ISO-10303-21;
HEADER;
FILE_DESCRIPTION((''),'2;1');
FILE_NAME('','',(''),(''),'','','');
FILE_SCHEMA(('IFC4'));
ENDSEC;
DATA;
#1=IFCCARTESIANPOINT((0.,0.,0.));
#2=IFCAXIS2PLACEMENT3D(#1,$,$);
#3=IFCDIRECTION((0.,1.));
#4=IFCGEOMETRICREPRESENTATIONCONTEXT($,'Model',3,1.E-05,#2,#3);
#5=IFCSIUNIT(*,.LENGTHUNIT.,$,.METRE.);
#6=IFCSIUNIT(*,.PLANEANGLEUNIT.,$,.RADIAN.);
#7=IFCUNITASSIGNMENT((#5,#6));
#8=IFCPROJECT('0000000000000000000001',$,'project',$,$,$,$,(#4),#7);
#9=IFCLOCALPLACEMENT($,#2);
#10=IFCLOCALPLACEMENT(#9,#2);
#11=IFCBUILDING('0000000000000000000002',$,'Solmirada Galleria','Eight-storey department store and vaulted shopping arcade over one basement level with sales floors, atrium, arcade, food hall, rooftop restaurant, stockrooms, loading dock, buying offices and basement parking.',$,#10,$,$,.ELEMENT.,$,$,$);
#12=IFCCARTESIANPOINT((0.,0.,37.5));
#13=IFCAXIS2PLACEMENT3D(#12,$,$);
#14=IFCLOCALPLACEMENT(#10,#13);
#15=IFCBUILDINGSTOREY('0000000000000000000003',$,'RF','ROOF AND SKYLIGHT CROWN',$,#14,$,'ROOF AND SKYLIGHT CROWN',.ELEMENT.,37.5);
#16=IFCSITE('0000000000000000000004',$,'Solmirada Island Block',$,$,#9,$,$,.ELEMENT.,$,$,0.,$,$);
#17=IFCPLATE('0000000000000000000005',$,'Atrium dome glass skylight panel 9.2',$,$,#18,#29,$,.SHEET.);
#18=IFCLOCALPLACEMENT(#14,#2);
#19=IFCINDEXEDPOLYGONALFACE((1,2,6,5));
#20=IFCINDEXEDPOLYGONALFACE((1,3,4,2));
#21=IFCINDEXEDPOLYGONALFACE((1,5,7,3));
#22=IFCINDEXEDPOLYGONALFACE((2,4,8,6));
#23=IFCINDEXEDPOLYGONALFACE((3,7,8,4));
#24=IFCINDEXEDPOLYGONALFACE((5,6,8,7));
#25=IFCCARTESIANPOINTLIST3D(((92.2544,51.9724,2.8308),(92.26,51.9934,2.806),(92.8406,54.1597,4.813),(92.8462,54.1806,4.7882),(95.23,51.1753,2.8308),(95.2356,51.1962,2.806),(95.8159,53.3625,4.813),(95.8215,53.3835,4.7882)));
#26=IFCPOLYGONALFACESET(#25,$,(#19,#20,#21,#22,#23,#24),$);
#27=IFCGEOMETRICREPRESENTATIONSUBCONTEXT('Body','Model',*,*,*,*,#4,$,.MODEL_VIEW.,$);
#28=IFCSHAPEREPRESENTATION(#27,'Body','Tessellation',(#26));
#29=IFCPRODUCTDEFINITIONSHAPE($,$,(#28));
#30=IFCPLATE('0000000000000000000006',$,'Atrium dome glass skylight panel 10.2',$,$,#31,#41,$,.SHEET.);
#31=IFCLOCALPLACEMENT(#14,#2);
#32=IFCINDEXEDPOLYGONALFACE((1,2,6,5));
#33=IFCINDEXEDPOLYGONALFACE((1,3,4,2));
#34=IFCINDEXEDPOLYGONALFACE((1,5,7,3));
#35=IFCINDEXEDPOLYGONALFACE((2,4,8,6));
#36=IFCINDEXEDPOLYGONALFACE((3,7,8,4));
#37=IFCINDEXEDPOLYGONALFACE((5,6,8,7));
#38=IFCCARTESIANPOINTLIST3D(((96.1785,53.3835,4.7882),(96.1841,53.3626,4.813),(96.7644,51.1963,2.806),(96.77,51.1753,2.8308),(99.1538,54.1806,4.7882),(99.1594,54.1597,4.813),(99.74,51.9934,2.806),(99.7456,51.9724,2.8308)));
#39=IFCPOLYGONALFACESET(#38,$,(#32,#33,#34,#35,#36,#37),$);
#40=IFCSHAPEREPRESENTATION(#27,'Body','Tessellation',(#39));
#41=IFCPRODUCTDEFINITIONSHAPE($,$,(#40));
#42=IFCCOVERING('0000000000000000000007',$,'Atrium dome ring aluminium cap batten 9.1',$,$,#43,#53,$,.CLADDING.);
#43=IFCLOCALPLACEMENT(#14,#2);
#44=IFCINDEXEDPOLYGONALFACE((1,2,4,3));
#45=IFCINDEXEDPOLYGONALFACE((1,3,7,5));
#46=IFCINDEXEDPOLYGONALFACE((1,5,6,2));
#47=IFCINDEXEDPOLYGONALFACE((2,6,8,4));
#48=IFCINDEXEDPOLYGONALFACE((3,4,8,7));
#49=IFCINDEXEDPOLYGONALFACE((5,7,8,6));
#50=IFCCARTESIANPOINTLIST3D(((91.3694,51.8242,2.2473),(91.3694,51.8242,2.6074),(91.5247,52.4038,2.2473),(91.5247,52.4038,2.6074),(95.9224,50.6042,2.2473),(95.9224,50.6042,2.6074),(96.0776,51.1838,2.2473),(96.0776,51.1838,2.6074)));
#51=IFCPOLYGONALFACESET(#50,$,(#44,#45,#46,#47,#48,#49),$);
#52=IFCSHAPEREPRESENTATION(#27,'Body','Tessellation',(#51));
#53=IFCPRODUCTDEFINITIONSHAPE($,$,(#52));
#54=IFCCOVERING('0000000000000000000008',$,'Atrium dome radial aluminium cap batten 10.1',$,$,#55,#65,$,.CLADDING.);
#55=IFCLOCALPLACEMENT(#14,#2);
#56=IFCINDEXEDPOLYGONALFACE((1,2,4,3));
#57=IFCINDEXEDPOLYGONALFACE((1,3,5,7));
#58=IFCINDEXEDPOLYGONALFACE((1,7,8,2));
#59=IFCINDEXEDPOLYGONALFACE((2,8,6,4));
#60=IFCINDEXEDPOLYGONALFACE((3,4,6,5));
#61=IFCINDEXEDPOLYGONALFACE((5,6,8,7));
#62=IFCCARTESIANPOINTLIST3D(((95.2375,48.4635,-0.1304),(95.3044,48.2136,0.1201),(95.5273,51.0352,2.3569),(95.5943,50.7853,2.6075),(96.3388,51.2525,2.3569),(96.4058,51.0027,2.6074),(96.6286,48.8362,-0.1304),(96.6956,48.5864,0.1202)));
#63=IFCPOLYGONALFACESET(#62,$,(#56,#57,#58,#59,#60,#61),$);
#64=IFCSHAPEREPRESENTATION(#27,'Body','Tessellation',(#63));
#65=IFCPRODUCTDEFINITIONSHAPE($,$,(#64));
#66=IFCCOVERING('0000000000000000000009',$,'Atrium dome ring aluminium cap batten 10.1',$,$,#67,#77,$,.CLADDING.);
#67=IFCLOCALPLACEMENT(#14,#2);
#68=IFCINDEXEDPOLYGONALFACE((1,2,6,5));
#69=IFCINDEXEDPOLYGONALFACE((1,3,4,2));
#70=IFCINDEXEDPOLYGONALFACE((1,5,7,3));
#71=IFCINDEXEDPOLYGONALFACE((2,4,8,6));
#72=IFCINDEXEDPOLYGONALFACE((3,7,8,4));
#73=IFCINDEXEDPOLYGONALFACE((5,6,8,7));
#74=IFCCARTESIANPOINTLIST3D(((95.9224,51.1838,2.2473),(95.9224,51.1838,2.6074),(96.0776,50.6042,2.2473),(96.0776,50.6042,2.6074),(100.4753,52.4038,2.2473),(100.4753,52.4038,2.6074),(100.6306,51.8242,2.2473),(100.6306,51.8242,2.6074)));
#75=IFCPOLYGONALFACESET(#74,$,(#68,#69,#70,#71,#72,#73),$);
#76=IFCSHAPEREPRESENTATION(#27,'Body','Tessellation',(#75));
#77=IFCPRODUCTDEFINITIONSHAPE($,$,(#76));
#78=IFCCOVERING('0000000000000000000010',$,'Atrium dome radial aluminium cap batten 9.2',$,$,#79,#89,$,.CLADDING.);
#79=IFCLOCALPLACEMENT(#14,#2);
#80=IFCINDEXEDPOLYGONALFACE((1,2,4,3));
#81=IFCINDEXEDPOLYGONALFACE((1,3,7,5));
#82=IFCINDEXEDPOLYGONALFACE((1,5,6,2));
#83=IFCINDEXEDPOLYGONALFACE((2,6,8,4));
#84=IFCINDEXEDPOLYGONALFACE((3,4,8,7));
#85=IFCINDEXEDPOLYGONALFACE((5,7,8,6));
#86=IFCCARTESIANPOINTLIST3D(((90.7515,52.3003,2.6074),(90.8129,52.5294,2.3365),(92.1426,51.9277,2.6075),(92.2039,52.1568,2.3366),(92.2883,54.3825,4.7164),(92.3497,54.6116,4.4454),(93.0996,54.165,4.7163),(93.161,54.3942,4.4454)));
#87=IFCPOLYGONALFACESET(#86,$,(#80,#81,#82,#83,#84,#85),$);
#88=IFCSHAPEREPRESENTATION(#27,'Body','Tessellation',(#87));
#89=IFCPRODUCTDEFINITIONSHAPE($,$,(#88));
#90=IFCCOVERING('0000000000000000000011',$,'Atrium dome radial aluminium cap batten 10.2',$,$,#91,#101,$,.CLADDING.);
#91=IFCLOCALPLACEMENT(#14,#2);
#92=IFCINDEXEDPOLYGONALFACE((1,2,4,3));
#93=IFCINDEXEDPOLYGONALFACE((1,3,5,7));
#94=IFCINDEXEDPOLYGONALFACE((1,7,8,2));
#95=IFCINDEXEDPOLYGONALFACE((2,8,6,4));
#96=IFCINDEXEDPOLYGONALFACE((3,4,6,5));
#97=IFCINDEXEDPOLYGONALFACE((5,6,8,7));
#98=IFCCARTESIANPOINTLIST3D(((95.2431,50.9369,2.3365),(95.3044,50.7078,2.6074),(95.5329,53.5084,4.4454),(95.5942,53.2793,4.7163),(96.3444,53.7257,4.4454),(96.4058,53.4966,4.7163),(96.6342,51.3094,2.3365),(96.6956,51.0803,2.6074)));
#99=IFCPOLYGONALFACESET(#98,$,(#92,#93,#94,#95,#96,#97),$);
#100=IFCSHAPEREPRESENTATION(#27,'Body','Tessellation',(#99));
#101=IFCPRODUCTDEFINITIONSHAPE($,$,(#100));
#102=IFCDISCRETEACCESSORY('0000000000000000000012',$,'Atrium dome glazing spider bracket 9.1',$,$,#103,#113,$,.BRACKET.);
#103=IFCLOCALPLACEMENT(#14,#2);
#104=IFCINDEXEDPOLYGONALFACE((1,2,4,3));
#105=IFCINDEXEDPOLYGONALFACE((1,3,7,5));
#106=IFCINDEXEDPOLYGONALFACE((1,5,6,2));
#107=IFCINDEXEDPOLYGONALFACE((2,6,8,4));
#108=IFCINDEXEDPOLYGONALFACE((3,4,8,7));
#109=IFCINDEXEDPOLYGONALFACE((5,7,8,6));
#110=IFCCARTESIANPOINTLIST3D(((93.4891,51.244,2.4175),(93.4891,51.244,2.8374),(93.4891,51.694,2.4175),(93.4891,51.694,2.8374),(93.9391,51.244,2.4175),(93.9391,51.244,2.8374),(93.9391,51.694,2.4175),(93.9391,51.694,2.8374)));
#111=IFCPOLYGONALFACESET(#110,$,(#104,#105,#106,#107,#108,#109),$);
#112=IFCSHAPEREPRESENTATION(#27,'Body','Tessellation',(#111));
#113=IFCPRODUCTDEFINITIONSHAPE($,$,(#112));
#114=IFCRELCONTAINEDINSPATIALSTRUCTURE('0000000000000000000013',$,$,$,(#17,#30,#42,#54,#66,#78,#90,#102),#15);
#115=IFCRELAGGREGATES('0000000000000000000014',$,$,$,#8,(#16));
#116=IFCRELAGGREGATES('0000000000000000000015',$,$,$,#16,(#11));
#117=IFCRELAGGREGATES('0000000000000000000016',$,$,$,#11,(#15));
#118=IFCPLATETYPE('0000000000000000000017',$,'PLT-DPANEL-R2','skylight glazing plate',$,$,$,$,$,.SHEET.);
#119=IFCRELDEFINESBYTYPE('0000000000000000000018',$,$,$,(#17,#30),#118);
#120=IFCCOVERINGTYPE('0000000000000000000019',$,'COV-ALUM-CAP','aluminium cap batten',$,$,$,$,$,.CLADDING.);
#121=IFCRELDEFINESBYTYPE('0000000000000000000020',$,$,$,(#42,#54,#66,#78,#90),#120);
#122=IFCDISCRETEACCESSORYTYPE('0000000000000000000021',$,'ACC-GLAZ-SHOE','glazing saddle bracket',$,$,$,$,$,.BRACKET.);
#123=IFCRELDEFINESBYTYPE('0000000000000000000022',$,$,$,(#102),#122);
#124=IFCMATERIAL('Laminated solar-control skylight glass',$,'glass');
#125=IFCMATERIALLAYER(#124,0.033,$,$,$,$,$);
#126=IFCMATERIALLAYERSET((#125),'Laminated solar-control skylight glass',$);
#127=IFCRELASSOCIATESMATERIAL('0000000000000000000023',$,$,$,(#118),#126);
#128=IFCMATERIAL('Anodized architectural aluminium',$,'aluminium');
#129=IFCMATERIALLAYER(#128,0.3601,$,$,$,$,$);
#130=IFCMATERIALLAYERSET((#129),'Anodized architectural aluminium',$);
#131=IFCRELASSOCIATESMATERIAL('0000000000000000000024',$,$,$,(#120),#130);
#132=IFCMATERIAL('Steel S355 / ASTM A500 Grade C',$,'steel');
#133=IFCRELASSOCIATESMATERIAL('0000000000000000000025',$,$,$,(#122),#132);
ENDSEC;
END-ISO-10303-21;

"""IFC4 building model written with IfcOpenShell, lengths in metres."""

from ifc_helpers import new_model, si_unit, direction, frame, origin, origin_2d, place, context, subcontext, project, spatial, polyline, rectangle, outline, extrude, material, layer, layer_set, type_object, element, save


model = new_model("IFC4")

# Units and contexts
model_context = context("Model", 3, precision=1e-05, world=origin(), true_north=direction((0.0, 1.0)))
body_context = subcontext(model_context, "Body", "Model", "MODEL_VIEW")
ifc_project = project(units=[si_unit("LENGTHUNIT", "METRE"), si_unit("PLANEANGLEUNIT", "RADIAN")], contexts=[model_context])

# Site, building, storey
site_placement = place(None, origin())
site = spatial("IfcSite", under=ifc_project, at=site_placement, Name="Solmirada Island Block", CompositionType="ELEMENT", RefElevation=0.0)
building_placement = place(site_placement, origin())
building = spatial("IfcBuilding", under=site, at=building_placement, Name="Solmirada Galleria", Description="Eight-storey department store and vaulted shopping arcade over one basement level with sales floors, atrium, arcade, food hall, rooftop restaurant, stockrooms, loading dock, buying offices and basement parking.", CompositionType="ELEMENT")
storey_placement = place(building_placement, frame((0.0, 0.0, 37.5)))
storey = spatial("IfcBuildingStorey", under=building, at=storey_placement, Name="RF", Description="ROOF AND SKYLIGHT CROWN", LongName="ROOF AND SKYLIGHT CROWN", CompositionType="ELEMENT", Elevation=37.5)

# Shared definitions
ifc_material_1 = material(Name="Steel S355 / ASTM A500 Grade C", Category="steel")

# Plates
ifc_material_2 = material(Name="Laminated solar-control skylight glass", Category="glass")
ifc_layer_1 = layer(ifc_material_2, 0.033)
ifc_layer_set_1 = layer_set([ifc_layer_1], Name="Laminated solar-control skylight glass")
plate_type_1 = type_object("IfcPlateType", Name="PLT-DPANEL-R2", Description="skylight glazing plate", PredefinedType="SHEET", material=ifc_layer_set_1)
plate_1_placement = place(storey_placement, frame((92.2544, 51.9724, 2.8308), z_axis=(-0.170443, -0.636224, 0.752442), x_axis=(0.96594, -0.258767, 0.000005)))
element("IfcPlate", 1, at=plate_1_placement, inside=storey, type_object=plate_type_1, Name="Atrium dome glass skylight panel 9.2", PredefinedType="SHEET", context=body_context, shape_type="SweptSolid", body=[
    extrude(outline(polyline([(0.0, 0.0), (3.0805, 0.0), (3.0805, 3.0094), (0.0002, 3.0094), (0.0, 0.0)])), origin(), (0.0, 0.0, -1.0), 0.033),
])
plate_2_placement = place(storey_placement, frame((96.77, 51.1753, 2.8308), z_axis=(0.170443, -0.636224, 0.752442), x_axis=(0.96594, 0.258767, -0.000005)))
element("IfcPlate", 2, at=plate_2_placement, inside=storey, type_object=plate_type_1, Name="Atrium dome glass skylight panel 10.2", PredefinedType="SHEET", context=body_context, shape_type="SweptSolid", body=[
    extrude(outline(polyline([(0.0, 0.0), (3.0805, 0.0), (3.0803, 3.0094), (0.0, 3.0094), (0.0, 0.0)])), origin(), (0.0, 0.0, -1.0), 0.033),
])

# Coverings
ifc_material_3 = material(Name="Anodized architectural aluminium", Category="aluminium")
ifc_layer_2 = layer(ifc_material_3, 0.3601)
ifc_layer_set_2 = layer_set([ifc_layer_2], Name="Anodized architectural aluminium")
covering_type = type_object("IfcCoveringType", Name="COV-ALUM-CAP", Description="aluminium cap batten", PredefinedType="CLADDING", material=ifc_layer_set_2)
covering_1_placement = place(storey_placement, frame((91.3694, 51.8242, 2.6074), z_axis=(0.0, 0.0, 1.0), x_axis=(0.258777, 0.965937, 0.0)))
element("IfcCovering", 3, at=covering_1_placement, inside=storey, type_object=covering_type, Name="Atrium dome ring aluminium cap batten 9.1", PredefinedType="CLADDING", context=body_context, shape_type="SweptSolid", body=[
    extrude(outline(polyline([(0.0, 0.0), (0.6, 0.0), (0.5998, -4.7136), (-0.0002, -4.7136), (0.0, 0.0)])), origin(), (0.0, 0.0, -1.0), 0.3601),
])
covering_2_placement = place(storey_placement, frame((95.3044, 48.2136, 0.1201), z_axis=(0.185882, -0.693846, 0.695719), x_axis=(0.965927, 0.258814, 0.000041)))
element("IfcCovering", 4, at=covering_2_placement, inside=storey, type_object=covering_type, Name="Atrium dome radial aluminium cap batten 10.1", PredefinedType="CLADDING", context=body_context, shape_type="SweptSolid", body=[
    extrude(outline(polyline([(0.0, 0.0), (1.4402, 0.0), (1.7857, 3.4626), (0.9456, 3.4627), (0.0, 0.0)])), origin(), (0.0, 0.0, -1.0), 0.3601),
])
covering_3_placement = place(storey_placement, frame((96.0776, 50.6042, 2.6074), z_axis=(0.0, 0.0, 1.0), x_axis=(-0.258777, 0.965937, 0.0)))
element("IfcCovering", 5, at=covering_3_placement, inside=storey, type_object=covering_type, Name="Atrium dome ring aluminium cap batten 10.1", PredefinedType="CLADDING", context=body_context, shape_type="SweptSolid", body=[
    extrude(outline(polyline([(0.0, 0.0), (0.6, 0.0), (0.6002, -4.7136), (0.0002, -4.7136), (0.0, 0.0)])), origin(), (0.0, 0.0, -1.0), 0.3601),
])
covering_4_placement = place(storey_placement, frame((90.7515, 52.3003, 2.6074), z_axis=(-0.170472, -0.636254, 0.752409), x_axis=(0.965946, -0.258742, 0.000054)))
element("IfcCovering", 6, at=covering_4_placement, inside=storey, type_object=covering_type, Name="Atrium dome radial aluminium cap batten 9.2", PredefinedType="CLADDING", context=body_context, shape_type="SweptSolid", body=[
    extrude(outline(polyline([(0.0, 0.0), (1.4401, 0.0), (1.7858, 3.2015), (0.9459, 3.2016), (0.0, 0.0)])), origin(), (0.0, 0.0, -1.0), 0.3601),
])
covering_5_placement = place(storey_placement, frame((95.3044, 50.7078, 2.6074), z_axis=(0.170385, -0.636263, 0.752422), x_axis=(0.965961, 0.258687, 0.000011)))
element("IfcCovering", 7, at=covering_5_placement, inside=storey, type_object=covering_type, Name="Atrium dome radial aluminium cap batten 10.2", PredefinedType="CLADDING", context=body_context, shape_type="SweptSolid", body=[
    extrude(outline(polyline([(0.0, 0.0), (1.4401, 0.0), (1.7853, 3.2017), (0.9452, 3.2017), (0.0, 0.0)])), origin(), (0.0, 0.0, -1.0), 0.3601),
])

# Discrete accessory
discrete_accessory_type = type_object("IfcDiscreteAccessoryType", Name="ACC-GLAZ-SHOE", Description="glazing saddle bracket", PredefinedType="BRACKET", material=ifc_material_1)
discrete_accessory_placement = place(storey_placement, frame((93.7141, 51.469, 2.4175), z_axis=(0.0, 0.0, 1.0), x_axis=(1.0, 0.0, 0.0)))
element("IfcDiscreteAccessory", 8, at=discrete_accessory_placement, inside=storey, type_object=discrete_accessory_type, Name="Atrium dome glazing spider bracket 9.1", PredefinedType="BRACKET", context=body_context, shape_type="SweptSolid", body=[
    extrude(rectangle(XDim=0.45, YDim=0.45, at=origin_2d()), origin(), (0.0, 0.0, 1.0), 0.4199),
])

save(model, "model.ifc")
